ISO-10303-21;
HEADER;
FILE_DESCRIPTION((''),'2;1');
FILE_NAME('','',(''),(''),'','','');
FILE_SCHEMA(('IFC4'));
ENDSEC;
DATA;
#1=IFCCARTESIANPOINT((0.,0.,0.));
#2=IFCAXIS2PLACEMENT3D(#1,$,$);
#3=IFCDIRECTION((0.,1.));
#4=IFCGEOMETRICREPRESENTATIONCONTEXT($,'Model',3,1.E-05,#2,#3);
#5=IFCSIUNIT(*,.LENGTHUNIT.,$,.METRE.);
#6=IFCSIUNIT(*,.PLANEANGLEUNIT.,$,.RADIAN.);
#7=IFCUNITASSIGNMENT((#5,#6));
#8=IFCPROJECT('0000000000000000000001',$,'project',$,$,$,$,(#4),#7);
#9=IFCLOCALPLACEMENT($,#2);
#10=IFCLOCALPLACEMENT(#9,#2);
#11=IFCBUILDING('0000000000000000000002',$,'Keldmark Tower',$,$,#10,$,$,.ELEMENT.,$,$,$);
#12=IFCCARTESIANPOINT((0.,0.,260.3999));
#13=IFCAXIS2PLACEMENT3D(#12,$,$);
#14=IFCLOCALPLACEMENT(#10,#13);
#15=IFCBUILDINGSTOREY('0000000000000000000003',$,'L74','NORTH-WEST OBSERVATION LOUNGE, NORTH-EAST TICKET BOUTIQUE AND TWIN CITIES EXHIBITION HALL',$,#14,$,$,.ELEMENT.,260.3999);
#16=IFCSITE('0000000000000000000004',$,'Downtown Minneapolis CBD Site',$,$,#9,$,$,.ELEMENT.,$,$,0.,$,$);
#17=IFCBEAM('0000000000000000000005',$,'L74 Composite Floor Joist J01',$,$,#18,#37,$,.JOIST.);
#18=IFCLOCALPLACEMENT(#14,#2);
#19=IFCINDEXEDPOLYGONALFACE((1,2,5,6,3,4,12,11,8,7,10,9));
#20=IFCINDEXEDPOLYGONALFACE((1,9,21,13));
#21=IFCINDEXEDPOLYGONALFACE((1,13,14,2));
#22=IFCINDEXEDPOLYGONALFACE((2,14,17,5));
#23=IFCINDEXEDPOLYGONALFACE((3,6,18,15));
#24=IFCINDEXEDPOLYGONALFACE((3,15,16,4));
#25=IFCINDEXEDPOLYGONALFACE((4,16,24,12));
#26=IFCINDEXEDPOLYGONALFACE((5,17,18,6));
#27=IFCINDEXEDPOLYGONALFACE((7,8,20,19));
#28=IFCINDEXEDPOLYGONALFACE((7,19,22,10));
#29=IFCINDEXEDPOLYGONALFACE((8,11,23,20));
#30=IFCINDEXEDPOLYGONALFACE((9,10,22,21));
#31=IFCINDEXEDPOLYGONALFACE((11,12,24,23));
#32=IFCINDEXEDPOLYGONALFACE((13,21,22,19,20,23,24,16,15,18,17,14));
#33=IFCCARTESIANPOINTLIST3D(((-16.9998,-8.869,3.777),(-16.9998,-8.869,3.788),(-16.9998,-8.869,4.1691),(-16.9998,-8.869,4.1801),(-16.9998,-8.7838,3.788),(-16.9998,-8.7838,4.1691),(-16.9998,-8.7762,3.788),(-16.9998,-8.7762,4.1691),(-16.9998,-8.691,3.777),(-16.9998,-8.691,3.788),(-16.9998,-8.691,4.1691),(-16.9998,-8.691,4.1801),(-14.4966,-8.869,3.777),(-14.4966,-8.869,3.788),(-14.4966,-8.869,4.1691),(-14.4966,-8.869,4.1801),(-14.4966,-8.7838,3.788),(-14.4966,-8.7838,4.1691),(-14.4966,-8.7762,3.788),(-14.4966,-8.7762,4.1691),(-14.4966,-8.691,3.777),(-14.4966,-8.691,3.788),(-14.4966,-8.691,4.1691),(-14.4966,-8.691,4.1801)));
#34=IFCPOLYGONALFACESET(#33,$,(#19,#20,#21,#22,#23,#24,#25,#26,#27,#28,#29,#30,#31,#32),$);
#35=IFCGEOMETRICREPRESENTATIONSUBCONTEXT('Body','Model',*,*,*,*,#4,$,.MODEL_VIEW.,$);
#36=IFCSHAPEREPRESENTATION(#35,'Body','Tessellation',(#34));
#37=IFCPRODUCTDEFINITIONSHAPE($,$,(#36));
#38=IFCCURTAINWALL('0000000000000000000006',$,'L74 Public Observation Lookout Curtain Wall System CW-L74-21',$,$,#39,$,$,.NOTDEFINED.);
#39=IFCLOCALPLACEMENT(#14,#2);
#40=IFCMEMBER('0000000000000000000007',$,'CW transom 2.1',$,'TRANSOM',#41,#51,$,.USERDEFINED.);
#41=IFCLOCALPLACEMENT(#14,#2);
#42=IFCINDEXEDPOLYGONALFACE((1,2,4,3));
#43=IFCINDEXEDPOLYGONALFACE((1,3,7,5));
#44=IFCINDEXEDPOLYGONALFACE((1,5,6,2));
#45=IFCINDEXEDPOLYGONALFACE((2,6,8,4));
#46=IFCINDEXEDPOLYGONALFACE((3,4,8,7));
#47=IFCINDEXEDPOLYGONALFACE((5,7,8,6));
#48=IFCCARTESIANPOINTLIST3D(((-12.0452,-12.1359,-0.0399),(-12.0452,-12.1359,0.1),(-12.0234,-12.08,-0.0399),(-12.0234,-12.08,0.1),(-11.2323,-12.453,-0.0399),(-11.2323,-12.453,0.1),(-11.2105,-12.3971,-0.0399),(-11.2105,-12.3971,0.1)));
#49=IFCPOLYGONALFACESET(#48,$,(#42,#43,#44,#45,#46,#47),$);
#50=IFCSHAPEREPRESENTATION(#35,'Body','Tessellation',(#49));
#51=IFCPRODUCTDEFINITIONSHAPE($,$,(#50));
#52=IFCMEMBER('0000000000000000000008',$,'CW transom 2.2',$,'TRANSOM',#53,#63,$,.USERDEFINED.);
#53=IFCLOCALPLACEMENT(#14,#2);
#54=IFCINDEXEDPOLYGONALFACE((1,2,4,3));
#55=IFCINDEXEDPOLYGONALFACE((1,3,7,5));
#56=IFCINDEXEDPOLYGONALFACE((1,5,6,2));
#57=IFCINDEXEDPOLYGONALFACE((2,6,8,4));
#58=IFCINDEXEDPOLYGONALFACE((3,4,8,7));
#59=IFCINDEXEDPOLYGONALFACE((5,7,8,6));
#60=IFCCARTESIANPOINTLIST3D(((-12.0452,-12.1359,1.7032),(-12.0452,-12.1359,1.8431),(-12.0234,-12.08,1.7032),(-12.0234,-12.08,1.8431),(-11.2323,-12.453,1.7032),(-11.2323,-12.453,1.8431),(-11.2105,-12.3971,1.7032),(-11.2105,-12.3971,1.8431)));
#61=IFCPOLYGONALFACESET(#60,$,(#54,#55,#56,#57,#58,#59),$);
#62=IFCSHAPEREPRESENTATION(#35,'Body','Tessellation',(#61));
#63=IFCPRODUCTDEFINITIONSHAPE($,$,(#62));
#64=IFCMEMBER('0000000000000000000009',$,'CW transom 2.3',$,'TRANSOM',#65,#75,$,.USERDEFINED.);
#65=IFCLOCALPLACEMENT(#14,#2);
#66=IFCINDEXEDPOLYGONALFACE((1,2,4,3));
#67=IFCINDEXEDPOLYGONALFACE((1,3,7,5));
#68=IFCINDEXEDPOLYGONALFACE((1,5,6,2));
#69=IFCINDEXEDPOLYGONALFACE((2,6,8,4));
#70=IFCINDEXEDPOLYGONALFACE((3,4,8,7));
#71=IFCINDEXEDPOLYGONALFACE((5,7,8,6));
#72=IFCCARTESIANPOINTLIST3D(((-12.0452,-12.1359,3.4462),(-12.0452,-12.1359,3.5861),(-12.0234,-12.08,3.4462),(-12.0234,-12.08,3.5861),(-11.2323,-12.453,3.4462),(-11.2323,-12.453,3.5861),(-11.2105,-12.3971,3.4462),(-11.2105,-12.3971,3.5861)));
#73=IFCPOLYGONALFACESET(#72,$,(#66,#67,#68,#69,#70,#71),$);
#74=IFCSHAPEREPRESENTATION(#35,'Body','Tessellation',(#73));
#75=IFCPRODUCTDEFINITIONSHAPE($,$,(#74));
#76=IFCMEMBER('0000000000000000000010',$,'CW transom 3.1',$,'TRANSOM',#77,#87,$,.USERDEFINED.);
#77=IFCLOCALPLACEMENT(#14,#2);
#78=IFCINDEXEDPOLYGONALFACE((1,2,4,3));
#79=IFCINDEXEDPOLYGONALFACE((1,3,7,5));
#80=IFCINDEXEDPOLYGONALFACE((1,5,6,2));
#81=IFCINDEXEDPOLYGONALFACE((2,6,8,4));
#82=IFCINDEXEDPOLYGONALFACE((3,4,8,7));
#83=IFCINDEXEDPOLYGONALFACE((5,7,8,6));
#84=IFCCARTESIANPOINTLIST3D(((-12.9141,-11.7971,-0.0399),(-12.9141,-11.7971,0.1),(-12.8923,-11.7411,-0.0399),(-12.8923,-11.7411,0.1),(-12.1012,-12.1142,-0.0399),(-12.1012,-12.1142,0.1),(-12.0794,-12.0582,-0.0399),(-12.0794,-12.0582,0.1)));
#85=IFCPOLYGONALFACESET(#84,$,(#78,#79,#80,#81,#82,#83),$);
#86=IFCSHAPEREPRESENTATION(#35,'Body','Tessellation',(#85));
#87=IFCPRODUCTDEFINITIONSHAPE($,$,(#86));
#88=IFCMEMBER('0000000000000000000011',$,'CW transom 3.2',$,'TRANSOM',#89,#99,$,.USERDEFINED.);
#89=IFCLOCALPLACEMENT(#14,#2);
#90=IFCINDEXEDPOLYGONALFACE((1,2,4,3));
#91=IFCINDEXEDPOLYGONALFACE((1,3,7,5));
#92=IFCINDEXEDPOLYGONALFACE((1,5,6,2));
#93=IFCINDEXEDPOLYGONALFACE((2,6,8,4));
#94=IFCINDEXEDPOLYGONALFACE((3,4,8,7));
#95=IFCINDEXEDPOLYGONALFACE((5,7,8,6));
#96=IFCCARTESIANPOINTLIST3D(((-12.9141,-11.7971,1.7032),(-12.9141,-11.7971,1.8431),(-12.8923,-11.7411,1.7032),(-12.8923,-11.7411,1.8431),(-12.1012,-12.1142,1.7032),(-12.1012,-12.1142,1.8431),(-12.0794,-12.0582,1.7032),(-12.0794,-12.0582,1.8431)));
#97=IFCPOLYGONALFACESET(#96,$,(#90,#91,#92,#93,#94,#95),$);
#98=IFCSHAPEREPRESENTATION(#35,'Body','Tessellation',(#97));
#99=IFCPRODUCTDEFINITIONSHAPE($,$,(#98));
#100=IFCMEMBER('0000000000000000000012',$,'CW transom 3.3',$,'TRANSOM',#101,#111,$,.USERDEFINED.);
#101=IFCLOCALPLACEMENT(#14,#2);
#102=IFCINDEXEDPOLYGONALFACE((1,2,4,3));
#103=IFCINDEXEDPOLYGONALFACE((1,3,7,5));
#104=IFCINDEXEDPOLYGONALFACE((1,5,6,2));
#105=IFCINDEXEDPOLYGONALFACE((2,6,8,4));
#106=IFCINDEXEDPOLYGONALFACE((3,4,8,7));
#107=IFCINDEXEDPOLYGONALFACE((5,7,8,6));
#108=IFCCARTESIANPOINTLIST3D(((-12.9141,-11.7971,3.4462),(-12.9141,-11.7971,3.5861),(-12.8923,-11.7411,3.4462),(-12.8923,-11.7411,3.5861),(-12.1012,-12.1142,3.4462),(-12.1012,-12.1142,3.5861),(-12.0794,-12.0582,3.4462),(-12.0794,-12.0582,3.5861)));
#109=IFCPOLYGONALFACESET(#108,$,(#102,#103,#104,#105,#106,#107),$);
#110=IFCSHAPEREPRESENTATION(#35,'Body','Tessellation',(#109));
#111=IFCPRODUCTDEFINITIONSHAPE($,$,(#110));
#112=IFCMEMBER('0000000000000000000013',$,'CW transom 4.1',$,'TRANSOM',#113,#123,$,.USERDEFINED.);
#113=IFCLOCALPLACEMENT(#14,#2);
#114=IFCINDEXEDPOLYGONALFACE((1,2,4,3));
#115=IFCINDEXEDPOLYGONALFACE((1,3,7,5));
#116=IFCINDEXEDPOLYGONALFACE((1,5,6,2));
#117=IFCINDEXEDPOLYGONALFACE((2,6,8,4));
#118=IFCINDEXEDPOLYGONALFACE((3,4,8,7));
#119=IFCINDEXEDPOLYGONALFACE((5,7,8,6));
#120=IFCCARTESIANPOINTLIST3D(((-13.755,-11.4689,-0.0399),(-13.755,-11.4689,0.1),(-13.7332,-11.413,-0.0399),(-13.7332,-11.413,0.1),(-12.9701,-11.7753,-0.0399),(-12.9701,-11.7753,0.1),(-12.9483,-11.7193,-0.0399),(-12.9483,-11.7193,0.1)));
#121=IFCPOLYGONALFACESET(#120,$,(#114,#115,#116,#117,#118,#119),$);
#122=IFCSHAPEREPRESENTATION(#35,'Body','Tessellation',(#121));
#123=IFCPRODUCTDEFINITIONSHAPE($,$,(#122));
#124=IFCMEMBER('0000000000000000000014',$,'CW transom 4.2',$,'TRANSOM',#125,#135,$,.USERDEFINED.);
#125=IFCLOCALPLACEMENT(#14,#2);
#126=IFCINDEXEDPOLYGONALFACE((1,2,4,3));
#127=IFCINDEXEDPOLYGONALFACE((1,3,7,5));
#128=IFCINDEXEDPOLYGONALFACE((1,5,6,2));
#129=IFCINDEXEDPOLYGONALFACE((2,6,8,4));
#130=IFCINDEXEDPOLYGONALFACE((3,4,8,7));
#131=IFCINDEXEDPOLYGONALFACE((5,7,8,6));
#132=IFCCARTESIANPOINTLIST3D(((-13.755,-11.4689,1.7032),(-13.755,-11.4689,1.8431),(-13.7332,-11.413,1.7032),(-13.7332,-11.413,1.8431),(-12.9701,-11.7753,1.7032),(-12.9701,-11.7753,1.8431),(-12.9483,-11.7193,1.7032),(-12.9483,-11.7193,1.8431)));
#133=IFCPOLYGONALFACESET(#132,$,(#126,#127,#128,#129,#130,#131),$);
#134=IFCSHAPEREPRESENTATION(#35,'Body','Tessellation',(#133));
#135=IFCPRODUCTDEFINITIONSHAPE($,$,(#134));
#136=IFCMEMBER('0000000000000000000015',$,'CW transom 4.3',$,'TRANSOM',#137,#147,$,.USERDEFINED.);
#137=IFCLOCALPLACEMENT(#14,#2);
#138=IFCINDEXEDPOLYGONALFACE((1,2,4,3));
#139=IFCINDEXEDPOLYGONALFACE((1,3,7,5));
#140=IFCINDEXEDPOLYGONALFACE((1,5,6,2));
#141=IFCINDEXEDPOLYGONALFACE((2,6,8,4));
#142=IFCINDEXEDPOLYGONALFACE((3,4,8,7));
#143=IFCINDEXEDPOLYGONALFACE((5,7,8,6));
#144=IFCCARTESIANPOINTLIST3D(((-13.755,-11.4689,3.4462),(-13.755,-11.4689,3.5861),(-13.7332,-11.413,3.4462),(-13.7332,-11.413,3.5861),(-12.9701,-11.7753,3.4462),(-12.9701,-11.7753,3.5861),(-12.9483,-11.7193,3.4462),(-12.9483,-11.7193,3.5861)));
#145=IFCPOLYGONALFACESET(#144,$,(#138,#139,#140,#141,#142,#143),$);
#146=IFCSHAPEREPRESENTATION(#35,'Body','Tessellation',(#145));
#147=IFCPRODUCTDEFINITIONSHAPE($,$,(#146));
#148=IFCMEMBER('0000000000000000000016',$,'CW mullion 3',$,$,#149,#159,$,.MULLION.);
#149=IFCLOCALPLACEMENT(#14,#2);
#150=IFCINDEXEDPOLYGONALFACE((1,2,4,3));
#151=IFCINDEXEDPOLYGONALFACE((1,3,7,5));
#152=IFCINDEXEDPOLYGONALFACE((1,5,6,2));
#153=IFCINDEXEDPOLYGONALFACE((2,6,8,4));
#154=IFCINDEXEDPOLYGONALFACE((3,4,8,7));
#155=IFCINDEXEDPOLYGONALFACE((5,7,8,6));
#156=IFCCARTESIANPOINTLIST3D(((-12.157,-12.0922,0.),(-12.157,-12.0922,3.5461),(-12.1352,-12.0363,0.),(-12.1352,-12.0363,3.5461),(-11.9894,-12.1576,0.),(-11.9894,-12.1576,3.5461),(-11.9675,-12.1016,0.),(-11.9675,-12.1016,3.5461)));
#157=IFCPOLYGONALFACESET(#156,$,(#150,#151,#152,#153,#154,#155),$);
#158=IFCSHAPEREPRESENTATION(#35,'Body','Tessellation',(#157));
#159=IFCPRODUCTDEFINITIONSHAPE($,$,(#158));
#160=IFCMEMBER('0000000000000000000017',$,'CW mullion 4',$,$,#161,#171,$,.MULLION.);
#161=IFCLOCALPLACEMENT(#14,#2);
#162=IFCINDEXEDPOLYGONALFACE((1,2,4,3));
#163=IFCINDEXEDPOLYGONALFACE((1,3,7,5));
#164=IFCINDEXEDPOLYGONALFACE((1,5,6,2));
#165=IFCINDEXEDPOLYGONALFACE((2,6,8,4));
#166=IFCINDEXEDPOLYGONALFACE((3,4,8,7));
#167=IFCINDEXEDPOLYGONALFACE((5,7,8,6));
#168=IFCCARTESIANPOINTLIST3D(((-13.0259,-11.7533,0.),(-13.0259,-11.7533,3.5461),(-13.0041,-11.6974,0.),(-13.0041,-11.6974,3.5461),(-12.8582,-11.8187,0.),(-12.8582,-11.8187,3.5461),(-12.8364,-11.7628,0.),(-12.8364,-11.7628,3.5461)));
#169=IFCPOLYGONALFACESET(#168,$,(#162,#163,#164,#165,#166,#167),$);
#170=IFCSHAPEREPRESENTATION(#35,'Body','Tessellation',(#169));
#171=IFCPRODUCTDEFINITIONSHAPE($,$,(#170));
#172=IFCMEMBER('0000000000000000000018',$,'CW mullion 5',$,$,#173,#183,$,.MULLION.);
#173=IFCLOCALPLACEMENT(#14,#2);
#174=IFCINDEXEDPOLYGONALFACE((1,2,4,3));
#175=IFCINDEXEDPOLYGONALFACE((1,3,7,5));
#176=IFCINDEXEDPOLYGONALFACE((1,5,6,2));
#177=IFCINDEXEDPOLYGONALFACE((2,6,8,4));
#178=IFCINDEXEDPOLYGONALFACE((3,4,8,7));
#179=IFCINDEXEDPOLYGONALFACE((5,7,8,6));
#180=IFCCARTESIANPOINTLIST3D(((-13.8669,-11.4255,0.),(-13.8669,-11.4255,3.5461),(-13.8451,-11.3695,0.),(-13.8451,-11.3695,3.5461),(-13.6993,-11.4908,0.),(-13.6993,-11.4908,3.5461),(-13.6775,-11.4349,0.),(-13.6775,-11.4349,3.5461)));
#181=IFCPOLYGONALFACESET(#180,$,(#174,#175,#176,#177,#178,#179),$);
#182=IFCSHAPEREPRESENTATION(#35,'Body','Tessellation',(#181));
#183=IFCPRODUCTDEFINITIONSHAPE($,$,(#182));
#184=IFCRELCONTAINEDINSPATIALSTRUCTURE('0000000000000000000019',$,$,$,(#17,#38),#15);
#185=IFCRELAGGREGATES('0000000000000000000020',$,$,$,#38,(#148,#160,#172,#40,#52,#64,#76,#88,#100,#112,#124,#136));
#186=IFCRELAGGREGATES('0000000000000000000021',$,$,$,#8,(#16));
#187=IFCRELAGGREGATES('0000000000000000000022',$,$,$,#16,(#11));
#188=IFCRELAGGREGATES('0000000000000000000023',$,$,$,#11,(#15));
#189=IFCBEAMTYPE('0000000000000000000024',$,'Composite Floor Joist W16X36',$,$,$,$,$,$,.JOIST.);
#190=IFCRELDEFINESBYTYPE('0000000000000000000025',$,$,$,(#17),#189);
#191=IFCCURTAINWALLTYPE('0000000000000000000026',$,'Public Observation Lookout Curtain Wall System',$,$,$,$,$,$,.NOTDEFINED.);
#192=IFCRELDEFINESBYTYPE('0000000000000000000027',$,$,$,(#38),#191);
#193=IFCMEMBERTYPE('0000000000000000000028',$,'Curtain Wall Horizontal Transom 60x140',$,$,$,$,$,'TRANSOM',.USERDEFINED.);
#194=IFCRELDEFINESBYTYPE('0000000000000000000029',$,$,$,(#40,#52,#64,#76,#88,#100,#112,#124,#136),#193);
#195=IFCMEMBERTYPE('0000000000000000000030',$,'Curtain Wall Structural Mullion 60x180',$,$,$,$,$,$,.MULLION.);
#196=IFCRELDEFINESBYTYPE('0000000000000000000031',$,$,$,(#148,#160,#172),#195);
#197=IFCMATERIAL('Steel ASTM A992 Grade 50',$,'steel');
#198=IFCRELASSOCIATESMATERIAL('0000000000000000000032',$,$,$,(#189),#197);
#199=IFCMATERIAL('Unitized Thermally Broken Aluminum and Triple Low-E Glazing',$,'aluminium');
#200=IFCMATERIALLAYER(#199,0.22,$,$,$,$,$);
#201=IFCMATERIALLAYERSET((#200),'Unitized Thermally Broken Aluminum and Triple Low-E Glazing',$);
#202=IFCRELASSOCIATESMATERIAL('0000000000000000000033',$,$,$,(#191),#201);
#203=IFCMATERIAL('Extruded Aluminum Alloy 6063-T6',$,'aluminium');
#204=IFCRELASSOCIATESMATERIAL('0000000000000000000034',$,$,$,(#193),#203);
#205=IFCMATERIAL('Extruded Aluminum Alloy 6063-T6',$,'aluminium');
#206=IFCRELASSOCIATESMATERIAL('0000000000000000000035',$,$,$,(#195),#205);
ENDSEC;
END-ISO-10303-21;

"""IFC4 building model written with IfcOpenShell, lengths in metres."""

from ifc_helpers import new_model, si_unit, direction, frame, origin, origin_2d, place, context, subcontext, project, spatial, rectangle, i_section, extrude, material, layer, layer_set, material_profile, profile_set, type_object, element, aggregate, save


model = new_model("IFC4")

# Units and contexts
model_context = context("Model", 3, precision=1e-05, world=origin(), true_north=direction((0.0, 1.0)))
body_context = subcontext(model_context, "Body", "Model", "MODEL_VIEW")
ifc_project = project(units=[si_unit("LENGTHUNIT", "METRE"), si_unit("PLANEANGLEUNIT", "RADIAN")], contexts=[model_context])

# Site, building, storey
site_placement = place(None, origin())
site = spatial("IfcSite", under=ifc_project, at=site_placement, Name="Downtown Minneapolis CBD Site", CompositionType="ELEMENT", RefElevation=0.0)
building_placement = place(site_placement, origin())
building = spatial("IfcBuilding", under=site, at=building_placement, Name="Keldmark Tower", CompositionType="ELEMENT")
storey_placement = place(building_placement, frame((0.0, 0.0, 260.3999)))
storey = spatial("IfcBuildingStorey", under=building, at=storey_placement, Name="L74", Description="NORTH-WEST OBSERVATION LOUNGE, NORTH-EAST TICKET BOUTIQUE AND TWIN CITIES EXHIBITION HALL", CompositionType="ELEMENT", Elevation=260.3999)

# Beam
ifc_material_1 = material(Name="Steel ASTM A992 Grade 50", Category="steel")
ifc_material_profile_1 = material_profile(ifc_material_1, i_section(OverallWidth=0.178, OverallDepth=0.4031, WebThickness=0.0076, FlangeThickness=0.011, at=origin_2d()), Name="W16X36")
ifc_profile_set_1 = profile_set([ifc_material_profile_1], Name="Steel ASTM A992 Grade 50")
beam_type_1 = type_object("IfcBeamType", Name="Composite Floor Joist W16X36", PredefinedType="JOIST", material=ifc_profile_set_1)
beam_1_placement = place(storey_placement, frame((-16.9998, -8.78, 3.9785), z_axis=(1.0, 0.0, 0.0), x_axis=(0.0, 1.0, 0.0)))
element("IfcBeam", 1, at=beam_1_placement, inside=storey, type_object=beam_type_1, Name="L74 Composite Floor Joist J01", PredefinedType="JOIST", context=body_context, shape_type="SweptSolid", body=[
    extrude(i_section(OverallWidth=0.178, OverallDepth=0.4031, WebThickness=0.0076, FlangeThickness=0.011, at=origin_2d()), origin(), (0.0, 0.0, 1.0), 2.5032),
])

# Curtain wall, members
ifc_material_2 = material(Name="Unitized Thermally Broken Aluminum and Triple Low-E Glazing", Category="aluminium")
ifc_layer_1 = layer(ifc_material_2, 0.22)
ifc_layer_set_1 = layer_set([ifc_layer_1], Name="Unitized Thermally Broken Aluminum and Triple Low-E Glazing")
curtain_wall_type = type_object("IfcCurtainWallType", Name="Public Observation Lookout Curtain Wall System", PredefinedType="NOTDEFINED", material=ifc_layer_set_1)
curtain_wall_placement = place(storey_placement, origin())
curtain_wall = element("IfcCurtainWall", 2, at=curtain_wall_placement, inside=storey, type_object=curtain_wall_type, Name="L74 Public Observation Lookout Curtain Wall System CW-L74-21", PredefinedType="NOTDEFINED")
ifc_material_3 = material(Name="Extruded Aluminum Alloy 6063-T6", Category="aluminium")
ifc_material_profile_2 = material_profile(ifc_material_3, rectangle(XDim=0.0601, YDim=0.1399, at=origin_2d()), Name="CWT60X140")
ifc_profile_set_2 = profile_set([ifc_material_profile_2], Name="Extruded Aluminum Alloy 6063-T6")
member_type_1 = type_object("IfcMemberType", Name="Curtain Wall Horizontal Transom 60x140", ElementType="TRANSOM", PredefinedType="USERDEFINED", material=ifc_profile_set_2)
member_1_placement = place(storey_placement, frame((-11.2214, -12.425, 0.03), z_axis=(-0.931626, 0.363418, 0.0), x_axis=(-0.363418, -0.931626, 0.0)))
member_1 = element("IfcMember", 3, at=member_1_placement, type_object=member_type_1, Name="CW transom 2.1", ObjectType="TRANSOM", PredefinedType="USERDEFINED", context=body_context, shape_type="SweptSolid", body=[
    extrude(rectangle(XDim=0.0601, YDim=0.1399, at=origin_2d()), origin(), (0.0, 0.0, 1.0), 0.8726),
])
member_2_placement = place(storey_placement, frame((-11.2214, -12.425, 1.7732), z_axis=(-0.931626, 0.363418, 0.0), x_axis=(-0.363418, -0.931626, 0.0)))
member_2 = element("IfcMember", 4, at=member_2_placement, type_object=member_type_1, Name="CW transom 2.2", ObjectType="TRANSOM", PredefinedType="USERDEFINED", context=body_context, shape_type="SweptSolid", body=[
    extrude(rectangle(XDim=0.0601, YDim=0.1399, at=origin_2d()), origin(), (0.0, 0.0, 1.0), 0.8726),
])
member_3_placement = place(storey_placement, frame((-11.2214, -12.425, 3.5161), z_axis=(-0.931626, 0.363418, 0.0), x_axis=(-0.363418, -0.931626, 0.0)))
member_3 = element("IfcMember", 5, at=member_3_placement, type_object=member_type_1, Name="CW transom 2.3", ObjectType="TRANSOM", PredefinedType="USERDEFINED", context=body_context, shape_type="SweptSolid", body=[
    extrude(rectangle(XDim=0.0601, YDim=0.1399, at=origin_2d()), origin(), (0.0, 0.0, 1.0), 0.8726),
])
member_4_placement = place(storey_placement, frame((-12.0903, -12.0862, 0.03), z_axis=(-0.931626, 0.363418, 0.0), x_axis=(-0.363418, -0.931626, 0.0)))
member_4 = element("IfcMember", 6, at=member_4_placement, type_object=member_type_1, Name="CW transom 3.1", ObjectType="TRANSOM", PredefinedType="USERDEFINED", context=body_context, shape_type="SweptSolid", body=[
    extrude(rectangle(XDim=0.0601, YDim=0.1399, at=origin_2d()), origin(), (0.0, 0.0, 1.0), 0.8726),
])
member_5_placement = place(storey_placement, frame((-12.0903, -12.0862, 1.7732), z_axis=(-0.931626, 0.363418, 0.0), x_axis=(-0.363418, -0.931626, 0.0)))
member_5 = element("IfcMember", 7, at=member_5_placement, type_object=member_type_1, Name="CW transom 3.2", ObjectType="TRANSOM", PredefinedType="USERDEFINED", context=body_context, shape_type="SweptSolid", body=[
    extrude(rectangle(XDim=0.0601, YDim=0.1399, at=origin_2d()), origin(), (0.0, 0.0, 1.0), 0.8726),
])
member_6_placement = place(storey_placement, frame((-12.0903, -12.0862, 3.5161), z_axis=(-0.931626, 0.363418, 0.0), x_axis=(-0.363418, -0.931626, 0.0)))
member_6 = element("IfcMember", 8, at=member_6_placement, type_object=member_type_1, Name="CW transom 3.3", ObjectType="TRANSOM", PredefinedType="USERDEFINED", context=body_context, shape_type="SweptSolid", body=[
    extrude(rectangle(XDim=0.0601, YDim=0.1399, at=origin_2d()), origin(), (0.0, 0.0, 1.0), 0.8726),
])
member_7_placement = place(storey_placement, frame((-12.9592, -11.7473, 0.03), z_axis=(-0.931542, 0.363634, 0.0), x_axis=(-0.363634, -0.931542, 0.0)))
member_7 = element("IfcMember", 9, at=member_7_placement, type_object=member_type_1, Name="CW transom 4.1", ObjectType="TRANSOM", PredefinedType="USERDEFINED", context=body_context, shape_type="SweptSolid", body=[
    extrude(rectangle(XDim=0.0601, YDim=0.1399, at=origin_2d()), origin(), (0.0, 0.0, 1.0), 0.8425),
])
member_8_placement = place(storey_placement, frame((-12.9592, -11.7473, 1.7732), z_axis=(-0.931542, 0.363634, 0.0), x_axis=(-0.363634, -0.931542, 0.0)))
member_8 = element("IfcMember", 10, at=member_8_placement, type_object=member_type_1, Name="CW transom 4.2", ObjectType="TRANSOM", PredefinedType="USERDEFINED", context=body_context, shape_type="SweptSolid", body=[
    extrude(rectangle(XDim=0.0601, YDim=0.1399, at=origin_2d()), origin(), (0.0, 0.0, 1.0), 0.8425),
])
member_9_placement = place(storey_placement, frame((-12.9592, -11.7473, 3.5161), z_axis=(-0.931542, 0.363634, 0.0), x_axis=(-0.363634, -0.931542, 0.0)))
member_9 = element("IfcMember", 11, at=member_9_placement, type_object=member_type_1, Name="CW transom 4.3", ObjectType="TRANSOM", PredefinedType="USERDEFINED", context=body_context, shape_type="SweptSolid", body=[
    extrude(rectangle(XDim=0.0601, YDim=0.1399, at=origin_2d()), origin(), (0.0, 0.0, 1.0), 0.8425),
])
ifc_material_4 = material(Name="Extruded Aluminum Alloy 6063-T6", Category="aluminium")
ifc_material_profile_3 = material_profile(ifc_material_4, rectangle(XDim=0.0601, YDim=0.1799, at=origin_2d()), Name="CWM60X180")
ifc_profile_set_3 = profile_set([ifc_material_profile_3], Name="Extruded Aluminum Alloy 6063-T6")
member_type_2 = type_object("IfcMemberType", Name="Curtain Wall Structural Mullion 60x180", PredefinedType="MULLION", material=ifc_profile_set_3)
member_10_placement = place(storey_placement, frame((-12.0623, -12.0969, 0.0), z_axis=(0.0, 0.0, 1.0), x_axis=(-0.363381, -0.93164, 0.0)))
member_10 = element("IfcMember", 12, at=member_10_placement, type_object=member_type_2, Name="CW mullion 3", PredefinedType="MULLION", context=body_context, shape_type="SweptSolid", body=[
    extrude(rectangle(XDim=0.0601, YDim=0.1799, at=origin_2d()), origin(), (0.0, 0.0, 1.0), 3.5461),
])
member_11_placement = place(storey_placement, frame((-12.9312, -11.7581, 0.0), z_axis=(0.0, 0.0, 1.0), x_axis=(-0.363381, -0.93164, 0.0)))
member_11 = element("IfcMember", 13, at=member_11_placement, type_object=member_type_2, Name="CW mullion 4", PredefinedType="MULLION", context=body_context, shape_type="SweptSolid", body=[
    extrude(rectangle(XDim=0.0601, YDim=0.1799, at=origin_2d()), origin(), (0.0, 0.0, 1.0), 3.5461),
])
member_12_placement = place(storey_placement, frame((-13.7722, -11.4302, 0.0), z_axis=(0.0, 0.0, 1.0), x_axis=(-0.363381, -0.93164, 0.0)))
member_12 = element("IfcMember", 14, at=member_12_placement, type_object=member_type_2, Name="CW mullion 5", PredefinedType="MULLION", context=body_context, shape_type="SweptSolid", body=[
    extrude(rectangle(XDim=0.0601, YDim=0.1799, at=origin_2d()), origin(), (0.0, 0.0, 1.0), 3.5461),
])

aggregate(curtain_wall, [member_10, member_11, member_12, member_1, member_2, member_3, member_4, member_5, member_6, member_7, member_8, member_9])

save(model, "model.ifc")
